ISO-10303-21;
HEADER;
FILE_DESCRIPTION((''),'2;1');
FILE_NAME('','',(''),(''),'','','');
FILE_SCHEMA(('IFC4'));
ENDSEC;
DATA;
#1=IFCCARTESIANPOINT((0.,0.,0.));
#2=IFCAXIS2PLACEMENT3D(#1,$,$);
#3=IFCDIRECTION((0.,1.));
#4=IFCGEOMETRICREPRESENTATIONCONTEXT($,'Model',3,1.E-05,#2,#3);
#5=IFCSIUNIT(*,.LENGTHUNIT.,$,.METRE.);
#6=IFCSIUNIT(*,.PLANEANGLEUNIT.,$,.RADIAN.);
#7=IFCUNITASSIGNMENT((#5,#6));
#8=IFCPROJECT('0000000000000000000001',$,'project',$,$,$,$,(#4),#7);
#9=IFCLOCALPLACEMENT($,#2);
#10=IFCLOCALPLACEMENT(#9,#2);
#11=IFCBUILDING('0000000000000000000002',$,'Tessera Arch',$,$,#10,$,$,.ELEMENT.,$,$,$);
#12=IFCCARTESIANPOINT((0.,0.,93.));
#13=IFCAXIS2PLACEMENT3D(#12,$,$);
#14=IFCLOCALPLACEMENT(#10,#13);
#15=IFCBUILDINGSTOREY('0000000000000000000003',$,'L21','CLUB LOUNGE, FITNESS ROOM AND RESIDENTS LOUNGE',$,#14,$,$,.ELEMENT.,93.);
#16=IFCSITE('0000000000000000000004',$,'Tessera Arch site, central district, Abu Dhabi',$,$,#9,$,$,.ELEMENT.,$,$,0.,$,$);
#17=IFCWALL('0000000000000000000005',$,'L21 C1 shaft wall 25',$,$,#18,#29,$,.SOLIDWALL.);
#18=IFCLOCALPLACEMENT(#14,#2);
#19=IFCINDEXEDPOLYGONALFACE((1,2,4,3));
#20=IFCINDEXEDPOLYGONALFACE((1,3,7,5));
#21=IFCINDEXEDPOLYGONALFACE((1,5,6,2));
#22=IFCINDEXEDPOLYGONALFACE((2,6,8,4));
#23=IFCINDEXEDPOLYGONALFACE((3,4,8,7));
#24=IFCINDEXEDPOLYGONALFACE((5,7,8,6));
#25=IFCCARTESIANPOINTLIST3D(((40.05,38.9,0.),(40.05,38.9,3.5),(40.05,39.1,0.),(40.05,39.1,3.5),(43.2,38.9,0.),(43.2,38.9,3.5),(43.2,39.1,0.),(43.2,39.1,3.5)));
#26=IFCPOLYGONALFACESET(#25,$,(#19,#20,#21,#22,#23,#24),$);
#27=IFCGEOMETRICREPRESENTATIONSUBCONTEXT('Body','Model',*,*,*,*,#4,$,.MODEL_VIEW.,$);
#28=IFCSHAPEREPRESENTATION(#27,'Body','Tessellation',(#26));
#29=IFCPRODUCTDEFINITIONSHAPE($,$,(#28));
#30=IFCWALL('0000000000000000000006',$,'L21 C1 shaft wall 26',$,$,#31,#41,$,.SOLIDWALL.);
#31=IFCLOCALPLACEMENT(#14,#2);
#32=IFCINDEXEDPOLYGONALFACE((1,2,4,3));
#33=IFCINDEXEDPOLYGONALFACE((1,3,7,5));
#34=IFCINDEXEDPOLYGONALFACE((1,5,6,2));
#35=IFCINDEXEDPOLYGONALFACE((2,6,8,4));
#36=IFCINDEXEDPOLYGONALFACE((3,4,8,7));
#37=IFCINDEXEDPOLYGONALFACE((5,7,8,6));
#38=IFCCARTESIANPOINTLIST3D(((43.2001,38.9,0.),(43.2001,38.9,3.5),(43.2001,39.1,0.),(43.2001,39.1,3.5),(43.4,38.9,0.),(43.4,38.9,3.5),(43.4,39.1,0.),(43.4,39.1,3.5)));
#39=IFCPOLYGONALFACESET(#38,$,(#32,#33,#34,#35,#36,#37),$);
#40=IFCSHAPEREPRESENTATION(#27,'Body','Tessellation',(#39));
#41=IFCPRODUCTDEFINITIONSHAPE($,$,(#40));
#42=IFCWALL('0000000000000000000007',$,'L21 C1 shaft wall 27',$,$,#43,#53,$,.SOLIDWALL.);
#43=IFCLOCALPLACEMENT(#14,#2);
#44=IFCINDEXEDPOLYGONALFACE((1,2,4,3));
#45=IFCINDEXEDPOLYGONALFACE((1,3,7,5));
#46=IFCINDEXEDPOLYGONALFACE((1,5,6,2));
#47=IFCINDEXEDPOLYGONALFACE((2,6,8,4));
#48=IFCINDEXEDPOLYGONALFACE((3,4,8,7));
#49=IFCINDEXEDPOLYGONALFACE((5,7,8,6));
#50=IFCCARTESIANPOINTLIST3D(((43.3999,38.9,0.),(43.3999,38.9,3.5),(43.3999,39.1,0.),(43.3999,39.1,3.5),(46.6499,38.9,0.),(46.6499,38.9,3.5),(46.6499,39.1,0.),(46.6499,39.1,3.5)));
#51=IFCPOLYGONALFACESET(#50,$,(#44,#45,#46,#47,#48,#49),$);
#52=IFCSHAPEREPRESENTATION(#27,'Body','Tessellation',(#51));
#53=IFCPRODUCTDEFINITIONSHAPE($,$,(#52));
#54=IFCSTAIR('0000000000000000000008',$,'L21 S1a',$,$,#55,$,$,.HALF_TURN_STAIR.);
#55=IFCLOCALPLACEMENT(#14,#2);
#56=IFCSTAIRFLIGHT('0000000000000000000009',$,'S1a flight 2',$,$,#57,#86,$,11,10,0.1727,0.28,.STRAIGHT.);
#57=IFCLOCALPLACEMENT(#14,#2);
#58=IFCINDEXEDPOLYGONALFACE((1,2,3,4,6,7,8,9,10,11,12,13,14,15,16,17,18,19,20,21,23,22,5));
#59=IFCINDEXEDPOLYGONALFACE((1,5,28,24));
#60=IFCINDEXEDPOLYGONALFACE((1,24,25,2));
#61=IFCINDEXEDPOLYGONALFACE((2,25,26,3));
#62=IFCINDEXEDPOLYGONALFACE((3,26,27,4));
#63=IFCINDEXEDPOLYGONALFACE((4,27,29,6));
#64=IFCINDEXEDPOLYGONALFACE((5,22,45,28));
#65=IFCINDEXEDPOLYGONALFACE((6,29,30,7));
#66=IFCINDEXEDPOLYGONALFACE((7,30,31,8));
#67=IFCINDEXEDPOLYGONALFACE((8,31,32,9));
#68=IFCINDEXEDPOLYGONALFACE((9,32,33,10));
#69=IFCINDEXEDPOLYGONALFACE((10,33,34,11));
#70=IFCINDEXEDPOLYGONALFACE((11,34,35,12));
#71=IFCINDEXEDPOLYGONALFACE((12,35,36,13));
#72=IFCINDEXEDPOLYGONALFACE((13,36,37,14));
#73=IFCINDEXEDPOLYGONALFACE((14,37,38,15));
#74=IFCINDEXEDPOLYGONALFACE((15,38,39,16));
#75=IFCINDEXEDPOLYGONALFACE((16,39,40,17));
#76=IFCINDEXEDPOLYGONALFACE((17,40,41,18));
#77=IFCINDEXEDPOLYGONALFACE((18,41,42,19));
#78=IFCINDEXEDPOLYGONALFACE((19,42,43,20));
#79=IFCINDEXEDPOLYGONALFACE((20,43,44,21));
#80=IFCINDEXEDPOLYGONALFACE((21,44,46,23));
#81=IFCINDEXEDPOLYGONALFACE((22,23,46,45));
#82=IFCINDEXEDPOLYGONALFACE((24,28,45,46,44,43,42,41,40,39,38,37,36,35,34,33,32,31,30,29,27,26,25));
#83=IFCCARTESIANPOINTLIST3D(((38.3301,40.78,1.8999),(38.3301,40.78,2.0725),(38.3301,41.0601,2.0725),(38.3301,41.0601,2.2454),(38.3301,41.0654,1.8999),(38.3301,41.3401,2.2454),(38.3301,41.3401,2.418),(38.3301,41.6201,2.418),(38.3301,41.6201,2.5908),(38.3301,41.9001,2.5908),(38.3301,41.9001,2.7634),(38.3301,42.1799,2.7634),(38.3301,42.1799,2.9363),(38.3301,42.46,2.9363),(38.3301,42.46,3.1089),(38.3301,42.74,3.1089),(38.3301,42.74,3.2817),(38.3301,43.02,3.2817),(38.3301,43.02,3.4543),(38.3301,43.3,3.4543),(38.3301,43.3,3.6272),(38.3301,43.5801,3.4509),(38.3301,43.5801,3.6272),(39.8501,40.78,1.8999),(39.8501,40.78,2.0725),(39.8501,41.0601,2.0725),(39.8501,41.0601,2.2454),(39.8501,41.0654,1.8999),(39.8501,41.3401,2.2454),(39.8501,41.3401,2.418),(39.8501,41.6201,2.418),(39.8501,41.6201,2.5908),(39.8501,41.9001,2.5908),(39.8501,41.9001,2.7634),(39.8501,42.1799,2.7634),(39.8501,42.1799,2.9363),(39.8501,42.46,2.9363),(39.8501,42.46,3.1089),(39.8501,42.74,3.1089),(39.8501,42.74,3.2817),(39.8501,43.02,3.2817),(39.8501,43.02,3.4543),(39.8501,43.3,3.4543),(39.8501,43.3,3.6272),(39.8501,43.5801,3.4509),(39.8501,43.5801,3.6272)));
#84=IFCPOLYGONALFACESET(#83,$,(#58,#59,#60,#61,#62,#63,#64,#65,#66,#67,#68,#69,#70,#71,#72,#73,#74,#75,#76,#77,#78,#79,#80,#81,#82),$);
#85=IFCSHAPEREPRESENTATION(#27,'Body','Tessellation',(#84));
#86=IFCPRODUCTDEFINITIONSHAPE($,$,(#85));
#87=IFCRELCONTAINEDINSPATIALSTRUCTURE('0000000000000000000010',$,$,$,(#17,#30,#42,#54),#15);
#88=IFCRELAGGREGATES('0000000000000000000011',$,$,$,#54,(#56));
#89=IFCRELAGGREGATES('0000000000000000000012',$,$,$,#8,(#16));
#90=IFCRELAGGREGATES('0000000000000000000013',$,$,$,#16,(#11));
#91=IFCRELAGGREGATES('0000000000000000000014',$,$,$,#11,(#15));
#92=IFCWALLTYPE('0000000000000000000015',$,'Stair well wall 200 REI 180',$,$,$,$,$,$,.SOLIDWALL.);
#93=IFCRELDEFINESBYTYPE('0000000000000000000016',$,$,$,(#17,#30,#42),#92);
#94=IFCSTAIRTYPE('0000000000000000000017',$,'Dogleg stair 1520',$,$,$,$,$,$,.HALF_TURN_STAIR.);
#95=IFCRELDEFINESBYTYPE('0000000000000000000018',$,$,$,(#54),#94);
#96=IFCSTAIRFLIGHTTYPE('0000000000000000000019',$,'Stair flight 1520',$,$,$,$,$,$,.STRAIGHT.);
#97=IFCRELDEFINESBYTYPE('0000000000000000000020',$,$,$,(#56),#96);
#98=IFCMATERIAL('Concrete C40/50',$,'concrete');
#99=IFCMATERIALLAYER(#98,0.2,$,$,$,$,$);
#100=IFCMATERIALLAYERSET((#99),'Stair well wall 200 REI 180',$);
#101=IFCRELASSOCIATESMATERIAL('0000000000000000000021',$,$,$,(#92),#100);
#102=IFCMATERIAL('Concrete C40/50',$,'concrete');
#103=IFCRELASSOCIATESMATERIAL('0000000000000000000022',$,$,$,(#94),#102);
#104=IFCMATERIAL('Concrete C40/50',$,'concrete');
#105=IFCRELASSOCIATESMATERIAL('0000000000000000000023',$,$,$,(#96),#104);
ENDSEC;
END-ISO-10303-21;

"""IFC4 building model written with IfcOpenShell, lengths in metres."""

from ifc_helpers import new_model, si_unit, direction, frame, frame_2d, origin, place, context, subcontext, project, spatial, polyline, rectangle, outline, extrude, material, layer, layer_set, type_object, element, aggregate, save


model = new_model("IFC4")

# Units and contexts
model_context = context("Model", 3, precision=1e-05, world=origin(), true_north=direction((0.0, 1.0)))
body_context = subcontext(model_context, "Body", "Model", "MODEL_VIEW")
ifc_project = project(units=[si_unit("LENGTHUNIT", "METRE"), si_unit("PLANEANGLEUNIT", "RADIAN")], contexts=[model_context])

# Site, building, storey
site_placement = place(None, origin())
site = spatial("IfcSite", under=ifc_project, at=site_placement, Name="Tessera Arch site, central district, Abu Dhabi", CompositionType="ELEMENT", RefElevation=0.0)
building_placement = place(site_placement, origin())
building = spatial("IfcBuilding", under=site, at=building_placement, Name="Tessera Arch", CompositionType="ELEMENT")
storey_placement = place(building_placement, frame((0.0, 0.0, 93.0)))
storey = spatial("IfcBuildingStorey", under=building, at=storey_placement, Name="L21", Description="CLUB LOUNGE, FITNESS ROOM AND RESIDENTS LOUNGE", CompositionType="ELEMENT", Elevation=93.0)

# Walls
ifc_material_1 = material(Name="Concrete C40/50", Category="concrete")
ifc_layer_1 = layer(ifc_material_1, 0.2)
ifc_layer_set_1 = layer_set([ifc_layer_1], Name="Stair well wall 200 REI 180")
wall_type_1 = type_object("IfcWallType", Name="Stair well wall 200 REI 180", PredefinedType="SOLIDWALL", material=ifc_layer_set_1)
wall_1_placement = place(storey_placement, frame((40.05, 39.0, 0.0), z_axis=(0.0, 0.0, 1.0), x_axis=(1.0, 0.0, 0.0)))
element("IfcWall", 1, at=wall_1_placement, inside=storey, type_object=wall_type_1, Name="L21 C1 shaft wall 25", PredefinedType="SOLIDWALL", context=body_context, shape_type="SweptSolid", body=[
    extrude(rectangle(XDim=3.1499, YDim=0.2, at=frame_2d((1.575, 0.0))), origin(), (0.0, 0.0, 1.0), 3.5),
])
wall_2_placement = place(storey_placement, frame((43.2, 39.0, 0.0), z_axis=(0.0, 0.0, 1.0), x_axis=(1.0, 0.0, 0.0)))
element("IfcWall", 2, at=wall_2_placement, inside=storey, type_object=wall_type_1, Name="L21 C1 shaft wall 26", PredefinedType="SOLIDWALL", context=body_context, shape_type="SweptSolid", body=[
    extrude(rectangle(XDim=0.2, YDim=0.2, at=frame_2d((0.1001, 0.0))), origin(), (0.0, 0.0, 1.0), 3.5),
])
wall_3_placement = place(storey_placement, frame((43.3999, 39.0, 0.0), z_axis=(0.0, 0.0, 1.0), x_axis=(1.0, 0.0, 0.0)))
element("IfcWall", 3, at=wall_3_placement, inside=storey, type_object=wall_type_1, Name="L21 C1 shaft wall 27", PredefinedType="SOLIDWALL", context=body_context, shape_type="SweptSolid", body=[
    extrude(rectangle(XDim=3.25, YDim=0.2, at=frame_2d((1.625, 0.0))), origin(), (0.0, 0.0, 1.0), 3.5),
])

# Stair, stair flight
ifc_material_2 = material(Name="Concrete C40/50", Category="concrete")
stair_type = type_object("IfcStairType", Name="Dogleg stair 1520", PredefinedType="HALF_TURN_STAIR", material=ifc_material_2)
stair_placement = place(storey_placement, origin())
stair = element("IfcStair", 4, at=stair_placement, inside=storey, type_object=stair_type, Name="L21 S1a", PredefinedType="HALF_TURN_STAIR")
ifc_material_3 = material(Name="Concrete C40/50", Category="concrete")
stair_flight_type = type_object("IfcStairFlightType", Name="Stair flight 1520", PredefinedType="STRAIGHT", material=ifc_material_3)
stair_flight_placement = place(storey_placement, frame((39.0901, 40.78, 1.8999), z_axis=(0.0, 0.0, 1.0), x_axis=(0.0, 1.0, 0.0)))
stair_flight = element("IfcStairFlight", 5, at=stair_flight_placement, type_object=stair_flight_type, Name="S1a flight 2", NumberOfRisers=11, NumberOfTreads=10, PredefinedType="STRAIGHT", RiserHeight=0.1727, TreadLength=0.28, context=body_context, shape_type="SweptSolid", body=[
    extrude(outline(polyline([(0.0, 0.0), (0.0, 0.1726), (0.28, 0.1726), (0.28, 0.3455), (0.5601, 0.3455), (0.5601, 0.5181), (0.8401, 0.5181), (0.8401, 0.6909), (1.1201, 0.6909), (1.1201, 0.8635), (1.3999, 0.8635), (1.3999, 1.0364), (1.6799, 1.0364), (1.6799, 1.209), (1.96, 1.209), (1.96, 1.3818), (2.24, 1.3818), (2.24, 1.5544), (2.52, 1.5544), (2.52, 1.7273), (2.8, 1.7273), (2.8, 1.8999), (2.8, 1.551), (0.2854, 0.0), (0.0, 0.0)])), frame((0.0, 0.76, 0.0), z_axis=(0.0, -1.0, 0.0), x_axis=(1.0, 0.0, 0.0)), (0.0, 0.0, 1.0), 1.52),
])
aggregate(stair, [stair_flight])

save(model, "model.ifc")
